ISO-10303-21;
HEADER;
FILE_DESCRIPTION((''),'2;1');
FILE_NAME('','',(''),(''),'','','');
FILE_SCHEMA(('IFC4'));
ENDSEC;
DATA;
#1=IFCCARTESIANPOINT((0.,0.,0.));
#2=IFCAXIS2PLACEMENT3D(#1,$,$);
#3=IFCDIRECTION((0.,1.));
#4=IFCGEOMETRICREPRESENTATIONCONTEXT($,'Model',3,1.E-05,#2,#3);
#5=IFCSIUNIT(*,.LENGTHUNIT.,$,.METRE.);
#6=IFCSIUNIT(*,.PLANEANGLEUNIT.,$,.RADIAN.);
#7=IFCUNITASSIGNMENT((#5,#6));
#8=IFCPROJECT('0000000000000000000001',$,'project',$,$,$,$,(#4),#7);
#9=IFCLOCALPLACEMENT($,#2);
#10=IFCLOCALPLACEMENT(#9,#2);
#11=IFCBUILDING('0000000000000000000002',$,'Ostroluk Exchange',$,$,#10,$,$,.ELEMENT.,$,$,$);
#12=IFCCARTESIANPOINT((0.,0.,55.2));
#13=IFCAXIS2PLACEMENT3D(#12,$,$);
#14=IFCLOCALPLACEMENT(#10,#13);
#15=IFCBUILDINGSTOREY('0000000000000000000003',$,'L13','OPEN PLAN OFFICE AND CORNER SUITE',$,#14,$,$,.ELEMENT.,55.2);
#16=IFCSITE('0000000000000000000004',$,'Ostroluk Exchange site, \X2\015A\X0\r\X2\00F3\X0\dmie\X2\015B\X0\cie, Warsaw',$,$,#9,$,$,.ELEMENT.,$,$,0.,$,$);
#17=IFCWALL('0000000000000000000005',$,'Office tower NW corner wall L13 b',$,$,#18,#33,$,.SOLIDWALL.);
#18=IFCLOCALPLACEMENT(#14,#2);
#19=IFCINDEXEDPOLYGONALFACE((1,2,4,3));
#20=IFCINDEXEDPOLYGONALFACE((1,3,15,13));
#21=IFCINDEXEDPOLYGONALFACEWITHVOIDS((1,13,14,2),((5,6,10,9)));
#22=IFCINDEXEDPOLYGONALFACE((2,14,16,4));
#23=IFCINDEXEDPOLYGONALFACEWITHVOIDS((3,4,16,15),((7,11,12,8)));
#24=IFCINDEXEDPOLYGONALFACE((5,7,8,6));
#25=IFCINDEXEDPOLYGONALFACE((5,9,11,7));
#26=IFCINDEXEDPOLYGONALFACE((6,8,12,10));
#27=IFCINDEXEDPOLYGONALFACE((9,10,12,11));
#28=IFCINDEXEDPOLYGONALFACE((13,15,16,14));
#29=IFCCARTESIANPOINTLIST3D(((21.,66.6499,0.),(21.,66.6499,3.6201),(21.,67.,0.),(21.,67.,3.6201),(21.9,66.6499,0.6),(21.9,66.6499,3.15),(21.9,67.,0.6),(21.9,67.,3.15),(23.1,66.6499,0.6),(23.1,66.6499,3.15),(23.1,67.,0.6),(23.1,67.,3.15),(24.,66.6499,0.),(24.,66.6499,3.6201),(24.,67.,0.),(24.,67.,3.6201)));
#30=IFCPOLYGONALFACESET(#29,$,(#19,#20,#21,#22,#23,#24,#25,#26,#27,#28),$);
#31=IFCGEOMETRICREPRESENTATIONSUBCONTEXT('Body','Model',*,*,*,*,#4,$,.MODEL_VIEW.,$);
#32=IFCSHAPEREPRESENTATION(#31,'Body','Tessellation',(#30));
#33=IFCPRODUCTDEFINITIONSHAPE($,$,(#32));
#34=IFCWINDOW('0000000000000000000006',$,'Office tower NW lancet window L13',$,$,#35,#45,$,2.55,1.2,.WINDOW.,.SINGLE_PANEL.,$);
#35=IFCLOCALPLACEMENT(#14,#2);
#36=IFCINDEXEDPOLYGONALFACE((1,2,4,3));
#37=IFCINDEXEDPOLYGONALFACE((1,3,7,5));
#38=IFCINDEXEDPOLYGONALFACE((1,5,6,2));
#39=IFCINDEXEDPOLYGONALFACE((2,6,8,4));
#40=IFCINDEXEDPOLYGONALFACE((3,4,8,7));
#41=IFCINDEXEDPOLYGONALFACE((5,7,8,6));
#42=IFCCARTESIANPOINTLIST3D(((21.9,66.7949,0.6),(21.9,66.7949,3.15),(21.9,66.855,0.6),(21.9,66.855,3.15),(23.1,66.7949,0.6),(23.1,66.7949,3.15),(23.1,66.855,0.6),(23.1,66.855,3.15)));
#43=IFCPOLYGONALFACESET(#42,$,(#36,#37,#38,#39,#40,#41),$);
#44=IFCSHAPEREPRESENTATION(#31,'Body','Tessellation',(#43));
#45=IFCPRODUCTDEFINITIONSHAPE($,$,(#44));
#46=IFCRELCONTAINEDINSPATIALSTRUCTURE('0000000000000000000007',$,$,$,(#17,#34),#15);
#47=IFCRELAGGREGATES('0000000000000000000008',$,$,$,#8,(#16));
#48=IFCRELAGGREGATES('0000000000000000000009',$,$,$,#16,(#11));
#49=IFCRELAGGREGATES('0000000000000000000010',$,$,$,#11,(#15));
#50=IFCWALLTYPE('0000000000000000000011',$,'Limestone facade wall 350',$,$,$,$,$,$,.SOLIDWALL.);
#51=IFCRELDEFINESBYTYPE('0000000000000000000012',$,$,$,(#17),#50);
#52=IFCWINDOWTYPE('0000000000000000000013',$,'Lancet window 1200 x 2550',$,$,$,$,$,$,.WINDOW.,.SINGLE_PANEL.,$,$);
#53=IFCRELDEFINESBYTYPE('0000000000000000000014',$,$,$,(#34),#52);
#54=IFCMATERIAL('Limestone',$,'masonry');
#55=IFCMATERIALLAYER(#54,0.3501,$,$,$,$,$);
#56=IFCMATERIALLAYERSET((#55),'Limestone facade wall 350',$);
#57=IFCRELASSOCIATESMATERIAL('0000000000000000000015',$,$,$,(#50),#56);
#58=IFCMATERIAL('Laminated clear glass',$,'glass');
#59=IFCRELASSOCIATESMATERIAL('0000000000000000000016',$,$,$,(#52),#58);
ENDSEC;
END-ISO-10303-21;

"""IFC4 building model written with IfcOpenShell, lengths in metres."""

from ifc_helpers import new_model, si_unit, direction, frame, frame_2d, origin, place, context, subcontext, project, spatial, rectangle, extrude, material, layer, layer_set, type_object, element, fill, save


model = new_model("IFC4")

# Units and contexts
model_context = context("Model", 3, precision=1e-05, world=origin(), true_north=direction((0.0, 1.0)))
body_context = subcontext(model_context, "Body", "Model", "MODEL_VIEW")
ifc_project = project(units=[si_unit("LENGTHUNIT", "METRE"), si_unit("PLANEANGLEUNIT", "RADIAN")], contexts=[model_context])

# Site, building, storey
site_placement = place(None, origin())
site = spatial("IfcSite", under=ifc_project, at=site_placement, Name="Ostroluk Exchange site, Śródmieście, Warsaw", CompositionType="ELEMENT", RefElevation=0.0)
building_placement = place(site_placement, origin())
building = spatial("IfcBuilding", under=site, at=building_placement, Name="Ostroluk Exchange", CompositionType="ELEMENT")
storey_placement = place(building_placement, frame((0.0, 0.0, 55.2)))
storey = spatial("IfcBuildingStorey", under=building, at=storey_placement, Name="L13", Description="OPEN PLAN OFFICE AND CORNER SUITE", CompositionType="ELEMENT", Elevation=55.2)

# Shared definitions
ifc_material_1 = material(Name="Limestone", Category="masonry")
ifc_layer_1 = layer(ifc_material_1, 0.3501)
ifc_layer_set_1 = layer_set([ifc_layer_1], Name="Limestone facade wall 350")
wall_type = type_object("IfcWallType", Name="Limestone facade wall 350", PredefinedType="SOLIDWALL", material=ifc_layer_set_1)

# Wall, opening, window
wall_1_placement = place(storey_placement, frame((24.0, 66.825, 0.0), z_axis=(0.0, 0.0, 1.0), x_axis=(-1.0, 0.0, 0.0)))
wall_1 = element("IfcWall", 1, at=wall_1_placement, inside=storey, type_object=wall_type, Name="Office tower NW corner wall L13 b", PredefinedType="SOLIDWALL", context=body_context, shape_type="SweptSolid", body=[
    extrude(rectangle(XDim=3.0, YDim=0.3501, at=frame_2d((1.5, 0.0))), origin(), (0.0, 0.0, 1.0), 3.6201),
])
opening_1_placement = place(wall_1_placement, frame((0.8999, 0.0, 0.6001)))
opening_1 = element("IfcOpeningElement", 2, at=opening_1_placement, cuts=wall_1, PredefinedType="OPENING", context=body_context, shape_type="SweptSolid", body=[
    extrude(rectangle(XDim=1.2, YDim=2.55, at=frame_2d((0.6001, 1.2749))), frame((0.0, 0.1851, 0.0), z_axis=(0.0, -1.0, 0.0), x_axis=(1.0, 0.0, 0.0)), (0.0, 0.0, 1.0), 0.3701),
])
ifc_material_2 = material(Name="Laminated clear glass", Category="glass")
window_type = type_object("IfcWindowType", Name="Lancet window 1200 x 2550", PartitioningType="SINGLE_PANEL", PredefinedType="WINDOW", material=ifc_material_2)
window_placement = place(opening_1_placement, origin())
window = element("IfcWindow", 3, at=window_placement, inside=storey, type_object=window_type, Name="Office tower NW lancet window L13", OverallHeight=2.55, OverallWidth=1.2, PartitioningType="SINGLE_PANEL", PredefinedType="WINDOW", context=body_context, shape_type="SweptSolid", body=[
    extrude(rectangle(XDim=1.2, YDim=2.55, at=frame_2d((0.6001, 1.2749))), frame((0.0, 0.03, 0.0), z_axis=(0.0, -1.0, 0.0), x_axis=(1.0, 0.0, 0.0)), (0.0, 0.0, 1.0), 0.0601),
])
fill(opening_1, window)

save(model, "model.ifc")
